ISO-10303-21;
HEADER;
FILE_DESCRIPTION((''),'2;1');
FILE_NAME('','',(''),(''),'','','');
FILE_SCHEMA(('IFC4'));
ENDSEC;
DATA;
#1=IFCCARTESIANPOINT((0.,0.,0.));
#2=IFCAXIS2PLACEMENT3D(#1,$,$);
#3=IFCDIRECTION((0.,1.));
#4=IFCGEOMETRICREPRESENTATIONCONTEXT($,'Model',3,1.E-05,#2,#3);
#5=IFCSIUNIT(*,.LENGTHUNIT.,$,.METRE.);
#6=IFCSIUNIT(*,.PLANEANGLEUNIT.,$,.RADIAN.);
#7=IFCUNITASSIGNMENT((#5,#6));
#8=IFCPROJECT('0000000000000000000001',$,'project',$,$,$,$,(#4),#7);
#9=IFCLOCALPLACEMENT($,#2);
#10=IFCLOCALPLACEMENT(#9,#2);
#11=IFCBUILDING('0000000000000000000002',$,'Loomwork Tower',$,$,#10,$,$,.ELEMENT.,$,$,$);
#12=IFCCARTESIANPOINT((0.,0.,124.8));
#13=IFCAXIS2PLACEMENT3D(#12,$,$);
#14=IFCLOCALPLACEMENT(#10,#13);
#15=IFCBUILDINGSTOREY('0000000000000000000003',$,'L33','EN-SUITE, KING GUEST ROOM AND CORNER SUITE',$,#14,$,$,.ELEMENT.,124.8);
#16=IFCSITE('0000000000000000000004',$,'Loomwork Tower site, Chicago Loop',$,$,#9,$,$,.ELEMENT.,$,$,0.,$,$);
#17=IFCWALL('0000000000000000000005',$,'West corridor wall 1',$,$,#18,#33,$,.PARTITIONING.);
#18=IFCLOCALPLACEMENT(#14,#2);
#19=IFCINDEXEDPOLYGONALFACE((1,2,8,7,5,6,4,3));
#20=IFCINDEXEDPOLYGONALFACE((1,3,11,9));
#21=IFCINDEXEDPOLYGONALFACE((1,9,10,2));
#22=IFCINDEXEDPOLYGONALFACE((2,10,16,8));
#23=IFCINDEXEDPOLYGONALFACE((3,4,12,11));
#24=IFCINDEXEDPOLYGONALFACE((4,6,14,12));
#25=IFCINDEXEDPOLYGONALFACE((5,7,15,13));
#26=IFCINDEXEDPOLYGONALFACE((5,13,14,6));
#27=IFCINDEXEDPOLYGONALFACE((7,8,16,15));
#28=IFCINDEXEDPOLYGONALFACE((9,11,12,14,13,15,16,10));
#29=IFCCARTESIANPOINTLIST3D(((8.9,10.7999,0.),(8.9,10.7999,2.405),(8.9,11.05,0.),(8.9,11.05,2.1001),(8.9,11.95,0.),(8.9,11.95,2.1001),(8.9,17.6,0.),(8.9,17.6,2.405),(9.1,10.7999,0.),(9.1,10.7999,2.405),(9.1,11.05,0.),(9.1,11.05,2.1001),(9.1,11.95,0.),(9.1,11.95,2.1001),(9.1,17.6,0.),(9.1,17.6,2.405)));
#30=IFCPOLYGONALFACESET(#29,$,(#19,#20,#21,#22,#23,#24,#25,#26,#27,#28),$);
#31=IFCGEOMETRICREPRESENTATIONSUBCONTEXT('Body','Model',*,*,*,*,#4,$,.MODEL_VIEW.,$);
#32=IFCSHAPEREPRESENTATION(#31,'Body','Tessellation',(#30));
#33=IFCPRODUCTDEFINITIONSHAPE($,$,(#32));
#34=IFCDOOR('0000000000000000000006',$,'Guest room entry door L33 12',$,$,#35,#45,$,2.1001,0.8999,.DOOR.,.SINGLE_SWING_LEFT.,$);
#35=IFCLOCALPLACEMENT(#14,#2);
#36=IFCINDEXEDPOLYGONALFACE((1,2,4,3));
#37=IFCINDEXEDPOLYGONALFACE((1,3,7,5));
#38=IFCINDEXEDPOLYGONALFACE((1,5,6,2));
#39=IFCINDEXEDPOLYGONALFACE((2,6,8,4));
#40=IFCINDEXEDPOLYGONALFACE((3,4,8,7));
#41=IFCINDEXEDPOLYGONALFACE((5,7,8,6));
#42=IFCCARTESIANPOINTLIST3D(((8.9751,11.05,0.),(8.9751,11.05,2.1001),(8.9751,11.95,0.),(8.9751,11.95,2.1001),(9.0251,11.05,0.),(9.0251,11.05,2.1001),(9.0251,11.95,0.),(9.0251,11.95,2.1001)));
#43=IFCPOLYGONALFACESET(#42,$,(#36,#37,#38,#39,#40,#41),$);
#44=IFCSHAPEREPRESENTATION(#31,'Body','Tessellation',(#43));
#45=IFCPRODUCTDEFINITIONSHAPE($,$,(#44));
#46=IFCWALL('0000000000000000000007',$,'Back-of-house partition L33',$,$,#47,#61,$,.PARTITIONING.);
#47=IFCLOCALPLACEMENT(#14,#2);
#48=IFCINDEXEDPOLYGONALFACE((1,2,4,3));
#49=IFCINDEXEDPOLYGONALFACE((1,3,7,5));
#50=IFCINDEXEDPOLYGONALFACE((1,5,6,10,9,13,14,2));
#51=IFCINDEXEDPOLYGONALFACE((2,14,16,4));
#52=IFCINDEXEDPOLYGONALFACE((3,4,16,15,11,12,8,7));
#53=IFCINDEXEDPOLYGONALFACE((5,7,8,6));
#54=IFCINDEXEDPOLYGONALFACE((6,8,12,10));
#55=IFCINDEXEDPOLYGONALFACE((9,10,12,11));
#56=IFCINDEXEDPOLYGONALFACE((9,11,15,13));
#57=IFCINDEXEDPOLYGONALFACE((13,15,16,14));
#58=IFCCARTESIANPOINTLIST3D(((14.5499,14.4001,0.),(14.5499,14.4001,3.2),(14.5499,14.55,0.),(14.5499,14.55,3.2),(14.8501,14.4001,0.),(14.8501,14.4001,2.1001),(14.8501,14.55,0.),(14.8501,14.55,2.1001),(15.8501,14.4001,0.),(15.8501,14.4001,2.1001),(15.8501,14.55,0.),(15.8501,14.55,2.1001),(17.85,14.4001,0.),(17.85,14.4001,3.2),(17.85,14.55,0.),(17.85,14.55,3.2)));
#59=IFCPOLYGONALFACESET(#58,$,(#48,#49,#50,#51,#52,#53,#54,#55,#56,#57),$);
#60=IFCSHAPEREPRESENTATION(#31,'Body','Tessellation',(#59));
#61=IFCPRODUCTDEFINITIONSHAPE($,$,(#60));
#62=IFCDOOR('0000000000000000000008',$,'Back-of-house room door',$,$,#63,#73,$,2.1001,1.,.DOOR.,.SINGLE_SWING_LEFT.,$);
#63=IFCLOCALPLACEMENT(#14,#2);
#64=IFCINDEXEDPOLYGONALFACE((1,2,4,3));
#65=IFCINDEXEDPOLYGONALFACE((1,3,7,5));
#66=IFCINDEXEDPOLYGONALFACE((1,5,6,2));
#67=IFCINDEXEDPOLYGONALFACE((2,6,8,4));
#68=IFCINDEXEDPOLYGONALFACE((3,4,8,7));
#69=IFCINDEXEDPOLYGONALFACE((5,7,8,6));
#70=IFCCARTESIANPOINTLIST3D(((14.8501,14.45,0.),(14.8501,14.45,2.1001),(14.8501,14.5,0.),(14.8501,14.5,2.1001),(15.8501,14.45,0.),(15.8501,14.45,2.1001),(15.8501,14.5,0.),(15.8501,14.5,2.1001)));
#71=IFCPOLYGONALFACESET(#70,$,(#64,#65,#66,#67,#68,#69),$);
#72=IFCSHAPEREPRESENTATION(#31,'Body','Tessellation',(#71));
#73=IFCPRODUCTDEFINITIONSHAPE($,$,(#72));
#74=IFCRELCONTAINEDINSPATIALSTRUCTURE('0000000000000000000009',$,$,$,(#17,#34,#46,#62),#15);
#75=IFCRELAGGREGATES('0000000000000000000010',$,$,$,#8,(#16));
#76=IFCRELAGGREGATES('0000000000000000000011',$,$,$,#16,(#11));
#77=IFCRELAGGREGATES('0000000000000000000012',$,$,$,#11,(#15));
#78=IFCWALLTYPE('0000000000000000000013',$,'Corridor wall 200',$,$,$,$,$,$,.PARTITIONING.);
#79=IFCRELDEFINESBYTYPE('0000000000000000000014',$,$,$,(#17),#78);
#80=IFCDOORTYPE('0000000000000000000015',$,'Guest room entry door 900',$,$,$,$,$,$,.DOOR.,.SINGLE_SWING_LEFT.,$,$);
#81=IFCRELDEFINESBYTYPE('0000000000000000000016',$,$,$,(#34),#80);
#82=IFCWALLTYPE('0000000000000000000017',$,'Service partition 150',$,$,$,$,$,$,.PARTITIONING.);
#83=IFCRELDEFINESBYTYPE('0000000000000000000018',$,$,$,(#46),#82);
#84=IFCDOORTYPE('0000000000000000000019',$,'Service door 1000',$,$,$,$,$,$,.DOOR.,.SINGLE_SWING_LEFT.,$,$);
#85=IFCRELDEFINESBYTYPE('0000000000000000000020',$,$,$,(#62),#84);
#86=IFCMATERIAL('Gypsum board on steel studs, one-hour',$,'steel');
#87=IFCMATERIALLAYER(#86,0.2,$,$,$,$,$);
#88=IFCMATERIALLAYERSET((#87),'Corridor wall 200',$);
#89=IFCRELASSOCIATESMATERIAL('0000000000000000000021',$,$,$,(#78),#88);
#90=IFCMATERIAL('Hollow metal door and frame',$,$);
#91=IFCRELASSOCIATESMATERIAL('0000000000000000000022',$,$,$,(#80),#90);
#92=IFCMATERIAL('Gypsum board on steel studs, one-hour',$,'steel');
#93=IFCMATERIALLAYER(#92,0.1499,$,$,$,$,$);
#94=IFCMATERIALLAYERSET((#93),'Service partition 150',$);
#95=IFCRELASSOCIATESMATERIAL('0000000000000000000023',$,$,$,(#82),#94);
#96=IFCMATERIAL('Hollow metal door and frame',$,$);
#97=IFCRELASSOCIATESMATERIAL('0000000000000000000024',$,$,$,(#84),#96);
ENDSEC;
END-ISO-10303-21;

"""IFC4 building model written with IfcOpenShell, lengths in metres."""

from ifc_helpers import new_model, si_unit, direction, frame, frame_2d, origin, place, context, subcontext, project, spatial, rectangle, extrude, material, layer, layer_set, type_object, element, fill, save


model = new_model("IFC4")

# Units and contexts
model_context = context("Model", 3, precision=1e-05, world=origin(), true_north=direction((0.0, 1.0)))
body_context = subcontext(model_context, "Body", "Model", "MODEL_VIEW")
ifc_project = project(units=[si_unit("LENGTHUNIT", "METRE"), si_unit("PLANEANGLEUNIT", "RADIAN")], contexts=[model_context])

# Site, building, storey
site_placement = place(None, origin())
site = spatial("IfcSite", under=ifc_project, at=site_placement, Name="Loomwork Tower site, Chicago Loop", CompositionType="ELEMENT", RefElevation=0.0)
building_placement = place(site_placement, origin())
building = spatial("IfcBuilding", under=site, at=building_placement, Name="Loomwork Tower", CompositionType="ELEMENT")
storey_placement = place(building_placement, frame((0.0, 0.0, 124.8)))
storey = spatial("IfcBuildingStorey", under=building, at=storey_placement, Name="L33", Description="EN-SUITE, KING GUEST ROOM AND CORNER SUITE", CompositionType="ELEMENT", Elevation=124.8)

# Shared definitions
ifc_material_1 = material(Name="Gypsum board on steel studs, one-hour", Category="steel")
ifc_layer_1 = layer(ifc_material_1, 0.2)
ifc_layer_set_1 = layer_set([ifc_layer_1], Name="Corridor wall 200")
wall_type_1 = type_object("IfcWallType", Name="Corridor wall 200", PredefinedType="PARTITIONING", material=ifc_layer_set_1)
ifc_material_2 = material(Name="Hollow metal door and frame")
door_type_1 = type_object("IfcDoorType", Name="Guest room entry door 900", OperationType="SINGLE_SWING_LEFT", PredefinedType="DOOR", material=ifc_material_2)

# Walls, openings, doors
wall_1_placement = place(storey_placement, frame((9.0, 10.8, 0.0), z_axis=(0.0, 0.0, 1.0), x_axis=(0.0, 1.0, 0.0)))
wall_1 = element("IfcWall", 1, at=wall_1_placement, inside=storey, type_object=wall_type_1, Name="West corridor wall 1", PredefinedType="PARTITIONING", context=body_context, shape_type="SweptSolid", body=[
    extrude(rectangle(XDim=6.8, YDim=0.2, at=frame_2d((3.3999, 0.0))), origin(), (0.0, 0.0, 1.0), 2.405),
])
opening_1_placement = place(wall_1_placement, frame((0.25, 0.0, 0.0)))
opening_1 = element("IfcOpeningElement", 2, at=opening_1_placement, cuts=wall_1, PredefinedType="OPENING", context=body_context, shape_type="SweptSolid", body=[
    extrude(rectangle(XDim=0.8999, YDim=2.1001, at=frame_2d((0.45, 1.05))), frame((0.0, 0.1099, 0.0), z_axis=(0.0, -1.0, 0.0), x_axis=(1.0, 0.0, 0.0)), (0.0, 0.0, 1.0), 0.22),
])
door_1_placement = place(opening_1_placement, origin())
door_1 = element("IfcDoor", 3, at=door_1_placement, inside=storey, type_object=door_type_1, Name="Guest room entry door L33 12", OperationType="SINGLE_SWING_LEFT", OverallHeight=2.1001, OverallWidth=0.8999, PredefinedType="DOOR", context=body_context, shape_type="SweptSolid", body=[
    extrude(rectangle(XDim=0.8999, YDim=2.1001, at=frame_2d((0.45, 1.05))), frame((0.0, 0.0249, 0.0), z_axis=(0.0, -1.0, 0.0), x_axis=(1.0, 0.0, 0.0)), (0.0, 0.0, 1.0), 0.05),
])
fill(opening_1, door_1)
ifc_material_3 = material(Name="Gypsum board on steel studs, one-hour", Category="steel")
ifc_layer_2 = layer(ifc_material_3, 0.1499)
ifc_layer_set_2 = layer_set([ifc_layer_2], Name="Service partition 150")
wall_type_2 = type_object("IfcWallType", Name="Service partition 150", PredefinedType="PARTITIONING", material=ifc_layer_set_2)
wall_2_placement = place(storey_placement, frame((14.55, 14.4751, 0.0), z_axis=(0.0, 0.0, 1.0), x_axis=(1.0, 0.0, 0.0)))
wall_2 = element("IfcWall", 4, at=wall_2_placement, inside=storey, type_object=wall_type_2, Name="Back-of-house partition L33", PredefinedType="PARTITIONING", context=body_context, shape_type="SweptSolid", body=[
    extrude(rectangle(XDim=3.3, YDim=0.1499, at=frame_2d((1.6499, 0.0))), origin(), (0.0, 0.0, 1.0), 3.2),
])
opening_2_placement = place(wall_2_placement, frame((0.3, 0.0, 0.0)))
opening_2 = element("IfcOpeningElement", 5, at=opening_2_placement, cuts=wall_2, PredefinedType="OPENING", context=body_context, shape_type="SweptSolid", body=[
    extrude(rectangle(XDim=1.0, YDim=2.1001, at=frame_2d((0.5, 1.05))), frame((0.0, 0.085, 0.0), z_axis=(0.0, -1.0, 0.0), x_axis=(1.0, 0.0, 0.0)), (0.0, 0.0, 1.0), 0.1699),
])
ifc_material_4 = material(Name="Hollow metal door and frame")
door_type_2 = type_object("IfcDoorType", Name="Service door 1000", OperationType="SINGLE_SWING_LEFT", PredefinedType="DOOR", material=ifc_material_4)
door_2_placement = place(opening_2_placement, origin())
door_2 = element("IfcDoor", 6, at=door_2_placement, inside=storey, type_object=door_type_2, Name="Back-of-house room door", OperationType="SINGLE_SWING_LEFT", OverallHeight=2.1001, OverallWidth=1.0, PredefinedType="DOOR", context=body_context, shape_type="SweptSolid", body=[
    extrude(rectangle(XDim=1.0, YDim=2.1001, at=frame_2d((0.5, 1.05))), frame((0.0, 0.0249, 0.0), z_axis=(0.0, -1.0, 0.0), x_axis=(1.0, 0.0, 0.0)), (0.0, 0.0, 1.0), 0.05),
])
fill(opening_2, door_2)

save(model, "model.ifc")
